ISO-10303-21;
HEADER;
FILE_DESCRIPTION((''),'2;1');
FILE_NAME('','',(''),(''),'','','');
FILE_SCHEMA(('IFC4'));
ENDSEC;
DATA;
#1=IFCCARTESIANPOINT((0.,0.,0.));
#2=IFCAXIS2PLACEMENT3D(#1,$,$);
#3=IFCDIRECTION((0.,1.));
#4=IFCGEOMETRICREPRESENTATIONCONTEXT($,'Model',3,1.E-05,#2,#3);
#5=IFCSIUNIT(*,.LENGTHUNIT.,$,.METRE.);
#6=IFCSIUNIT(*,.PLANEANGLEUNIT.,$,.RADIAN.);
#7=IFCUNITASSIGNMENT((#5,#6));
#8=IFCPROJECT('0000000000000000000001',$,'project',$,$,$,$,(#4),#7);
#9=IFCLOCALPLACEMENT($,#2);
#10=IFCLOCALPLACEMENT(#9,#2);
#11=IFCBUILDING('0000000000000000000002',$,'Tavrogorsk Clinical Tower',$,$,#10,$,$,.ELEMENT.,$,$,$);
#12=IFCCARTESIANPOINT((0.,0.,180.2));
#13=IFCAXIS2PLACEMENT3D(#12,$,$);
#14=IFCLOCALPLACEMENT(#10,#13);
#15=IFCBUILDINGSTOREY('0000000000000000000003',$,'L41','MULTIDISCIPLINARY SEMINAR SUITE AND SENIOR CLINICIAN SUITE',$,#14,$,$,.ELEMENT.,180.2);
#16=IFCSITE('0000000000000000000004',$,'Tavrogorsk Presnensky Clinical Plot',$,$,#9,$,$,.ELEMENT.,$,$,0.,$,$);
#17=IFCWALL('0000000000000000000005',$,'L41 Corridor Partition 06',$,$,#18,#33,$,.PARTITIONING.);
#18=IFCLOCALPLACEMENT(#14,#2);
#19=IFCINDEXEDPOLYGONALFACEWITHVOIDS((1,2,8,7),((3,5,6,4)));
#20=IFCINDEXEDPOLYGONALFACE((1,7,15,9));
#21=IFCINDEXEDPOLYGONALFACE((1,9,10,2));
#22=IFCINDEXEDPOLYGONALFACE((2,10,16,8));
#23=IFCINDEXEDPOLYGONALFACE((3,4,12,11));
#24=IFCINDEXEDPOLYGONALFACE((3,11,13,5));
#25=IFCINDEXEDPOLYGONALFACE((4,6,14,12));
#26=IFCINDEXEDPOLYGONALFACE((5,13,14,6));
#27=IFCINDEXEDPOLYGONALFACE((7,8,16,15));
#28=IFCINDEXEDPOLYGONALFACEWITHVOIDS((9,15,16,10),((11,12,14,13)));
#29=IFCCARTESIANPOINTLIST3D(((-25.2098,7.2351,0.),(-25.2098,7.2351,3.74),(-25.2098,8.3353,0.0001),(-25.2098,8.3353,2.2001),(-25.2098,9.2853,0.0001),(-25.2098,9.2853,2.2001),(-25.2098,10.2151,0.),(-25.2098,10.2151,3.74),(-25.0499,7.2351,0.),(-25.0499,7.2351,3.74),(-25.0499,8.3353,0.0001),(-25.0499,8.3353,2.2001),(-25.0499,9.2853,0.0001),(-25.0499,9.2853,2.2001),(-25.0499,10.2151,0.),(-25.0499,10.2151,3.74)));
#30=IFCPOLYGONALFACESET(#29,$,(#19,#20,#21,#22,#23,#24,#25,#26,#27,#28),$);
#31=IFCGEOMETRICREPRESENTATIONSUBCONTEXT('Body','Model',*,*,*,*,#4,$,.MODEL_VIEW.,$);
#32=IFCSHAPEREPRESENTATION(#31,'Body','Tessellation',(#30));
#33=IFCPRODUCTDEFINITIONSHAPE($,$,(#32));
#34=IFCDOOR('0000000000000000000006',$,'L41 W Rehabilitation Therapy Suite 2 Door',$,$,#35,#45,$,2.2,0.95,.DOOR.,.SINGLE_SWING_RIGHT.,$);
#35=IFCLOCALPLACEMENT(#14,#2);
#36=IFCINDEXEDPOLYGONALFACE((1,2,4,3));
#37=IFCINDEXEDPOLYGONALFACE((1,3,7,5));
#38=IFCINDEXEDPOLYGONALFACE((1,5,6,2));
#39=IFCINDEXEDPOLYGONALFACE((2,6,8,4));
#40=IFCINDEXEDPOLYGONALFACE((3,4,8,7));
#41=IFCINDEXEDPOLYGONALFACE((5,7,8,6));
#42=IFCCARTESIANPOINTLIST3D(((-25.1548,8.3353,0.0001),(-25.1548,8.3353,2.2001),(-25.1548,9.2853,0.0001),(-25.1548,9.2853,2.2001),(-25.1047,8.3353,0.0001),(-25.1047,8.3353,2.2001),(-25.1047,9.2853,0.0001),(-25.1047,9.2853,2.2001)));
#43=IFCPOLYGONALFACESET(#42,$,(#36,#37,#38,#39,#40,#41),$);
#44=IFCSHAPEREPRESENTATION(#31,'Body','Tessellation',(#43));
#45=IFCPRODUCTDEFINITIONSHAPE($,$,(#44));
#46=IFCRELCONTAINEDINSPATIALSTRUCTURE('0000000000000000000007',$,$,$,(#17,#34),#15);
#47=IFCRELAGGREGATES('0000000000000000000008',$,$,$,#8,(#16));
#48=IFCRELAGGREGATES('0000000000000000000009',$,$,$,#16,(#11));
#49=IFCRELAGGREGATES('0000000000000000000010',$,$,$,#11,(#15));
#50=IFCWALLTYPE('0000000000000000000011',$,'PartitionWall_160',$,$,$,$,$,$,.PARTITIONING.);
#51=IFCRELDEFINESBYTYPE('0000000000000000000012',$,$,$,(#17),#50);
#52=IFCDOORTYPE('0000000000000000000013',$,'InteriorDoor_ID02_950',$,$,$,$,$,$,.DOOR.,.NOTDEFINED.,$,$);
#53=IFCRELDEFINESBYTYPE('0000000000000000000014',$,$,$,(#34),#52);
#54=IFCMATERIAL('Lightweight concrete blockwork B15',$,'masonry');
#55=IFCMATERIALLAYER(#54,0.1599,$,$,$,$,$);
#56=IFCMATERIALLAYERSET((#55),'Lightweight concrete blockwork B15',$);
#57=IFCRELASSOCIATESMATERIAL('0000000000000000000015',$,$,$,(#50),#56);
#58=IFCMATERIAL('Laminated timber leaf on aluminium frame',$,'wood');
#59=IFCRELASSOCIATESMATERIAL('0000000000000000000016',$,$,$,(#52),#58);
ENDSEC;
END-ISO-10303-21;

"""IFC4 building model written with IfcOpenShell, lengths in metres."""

from ifc_helpers import new_model, si_unit, direction, frame, frame_2d, origin, place, context, subcontext, project, spatial, rectangle, extrude, material, layer, layer_set, type_object, element, fill, save


model = new_model("IFC4")

# Units and contexts
model_context = context("Model", 3, precision=1e-05, world=origin(), true_north=direction((0.0, 1.0)))
body_context = subcontext(model_context, "Body", "Model", "MODEL_VIEW")
ifc_project = project(units=[si_unit("LENGTHUNIT", "METRE"), si_unit("PLANEANGLEUNIT", "RADIAN")], contexts=[model_context])

# Site, building, storey
site_placement = place(None, origin())
site = spatial("IfcSite", under=ifc_project, at=site_placement, Name="Tavrogorsk Presnensky Clinical Plot", CompositionType="ELEMENT", RefElevation=0.0)
building_placement = place(site_placement, origin())
building = spatial("IfcBuilding", under=site, at=building_placement, Name="Tavrogorsk Clinical Tower", CompositionType="ELEMENT")
storey_placement = place(building_placement, frame((0.0, 0.0, 180.2)))
storey = spatial("IfcBuildingStorey", under=building, at=storey_placement, Name="L41", Description="MULTIDISCIPLINARY SEMINAR SUITE AND SENIOR CLINICIAN SUITE", CompositionType="ELEMENT", Elevation=180.2)

# Wall, opening, door
ifc_material_1 = material(Name="Lightweight concrete blockwork B15", Category="masonry")
ifc_layer_1 = layer(ifc_material_1, 0.1599)
ifc_layer_set_1 = layer_set([ifc_layer_1], Name="Lightweight concrete blockwork B15")
wall_type_1 = type_object("IfcWallType", Name="PartitionWall_160", PredefinedType="PARTITIONING", material=ifc_layer_set_1)
wall_1_placement = place(storey_placement, frame((-25.1299, 7.2351, 0.0), z_axis=(0.0, 0.0, 1.0), x_axis=(0.0, 1.0, 0.0)))
wall_1 = element("IfcWall", 1, at=wall_1_placement, inside=storey, type_object=wall_type_1, Name="L41 Corridor Partition 06", PredefinedType="PARTITIONING", context=body_context, shape_type="SweptSolid", body=[
    extrude(rectangle(XDim=2.98, YDim=0.1599, at=frame_2d((1.49, 0.0))), origin(), (0.0, 0.0, 1.0), 3.74),
])
opening_1_placement = place(wall_1_placement, frame((1.1001, 0.0, 0.0)))
opening_1 = element("IfcOpeningElement", 2, at=opening_1_placement, cuts=wall_1, PredefinedType="OPENING", context=body_context, shape_type="SweptSolid", body=[
    extrude(rectangle(XDim=0.95, YDim=2.2, at=frame_2d((0.4751, 1.1001))), frame((0.0, 0.0898, 0.0), z_axis=(0.0, -1.0, 0.0), x_axis=(1.0, 0.0, 0.0)), (0.0, 0.0, 1.0), 0.1799),
])
ifc_material_2 = material(Name="Laminated timber leaf on aluminium frame", Category="wood")
door_type_1 = type_object("IfcDoorType", Name="InteriorDoor_ID02_950", OperationType="NOTDEFINED", PredefinedType="DOOR", material=ifc_material_2)
door_1_placement = place(opening_1_placement, origin())
door_1 = element("IfcDoor", 3, at=door_1_placement, inside=storey, type_object=door_type_1, Name="L41 W Rehabilitation Therapy Suite 2 Door", OperationType="SINGLE_SWING_RIGHT", OverallHeight=2.2, OverallWidth=0.95, PredefinedType="DOOR", context=body_context, shape_type="SweptSolid", body=[
    extrude(rectangle(XDim=0.95, YDim=2.2, at=frame_2d((0.4751, 1.1001))), frame((0.0, 0.0249, 0.0), z_axis=(0.0, -1.0, 0.0), x_axis=(1.0, 0.0, 0.0)), (0.0, 0.0, 1.0), 0.05),
])
fill(opening_1, door_1)

save(model, "model.ifc")
